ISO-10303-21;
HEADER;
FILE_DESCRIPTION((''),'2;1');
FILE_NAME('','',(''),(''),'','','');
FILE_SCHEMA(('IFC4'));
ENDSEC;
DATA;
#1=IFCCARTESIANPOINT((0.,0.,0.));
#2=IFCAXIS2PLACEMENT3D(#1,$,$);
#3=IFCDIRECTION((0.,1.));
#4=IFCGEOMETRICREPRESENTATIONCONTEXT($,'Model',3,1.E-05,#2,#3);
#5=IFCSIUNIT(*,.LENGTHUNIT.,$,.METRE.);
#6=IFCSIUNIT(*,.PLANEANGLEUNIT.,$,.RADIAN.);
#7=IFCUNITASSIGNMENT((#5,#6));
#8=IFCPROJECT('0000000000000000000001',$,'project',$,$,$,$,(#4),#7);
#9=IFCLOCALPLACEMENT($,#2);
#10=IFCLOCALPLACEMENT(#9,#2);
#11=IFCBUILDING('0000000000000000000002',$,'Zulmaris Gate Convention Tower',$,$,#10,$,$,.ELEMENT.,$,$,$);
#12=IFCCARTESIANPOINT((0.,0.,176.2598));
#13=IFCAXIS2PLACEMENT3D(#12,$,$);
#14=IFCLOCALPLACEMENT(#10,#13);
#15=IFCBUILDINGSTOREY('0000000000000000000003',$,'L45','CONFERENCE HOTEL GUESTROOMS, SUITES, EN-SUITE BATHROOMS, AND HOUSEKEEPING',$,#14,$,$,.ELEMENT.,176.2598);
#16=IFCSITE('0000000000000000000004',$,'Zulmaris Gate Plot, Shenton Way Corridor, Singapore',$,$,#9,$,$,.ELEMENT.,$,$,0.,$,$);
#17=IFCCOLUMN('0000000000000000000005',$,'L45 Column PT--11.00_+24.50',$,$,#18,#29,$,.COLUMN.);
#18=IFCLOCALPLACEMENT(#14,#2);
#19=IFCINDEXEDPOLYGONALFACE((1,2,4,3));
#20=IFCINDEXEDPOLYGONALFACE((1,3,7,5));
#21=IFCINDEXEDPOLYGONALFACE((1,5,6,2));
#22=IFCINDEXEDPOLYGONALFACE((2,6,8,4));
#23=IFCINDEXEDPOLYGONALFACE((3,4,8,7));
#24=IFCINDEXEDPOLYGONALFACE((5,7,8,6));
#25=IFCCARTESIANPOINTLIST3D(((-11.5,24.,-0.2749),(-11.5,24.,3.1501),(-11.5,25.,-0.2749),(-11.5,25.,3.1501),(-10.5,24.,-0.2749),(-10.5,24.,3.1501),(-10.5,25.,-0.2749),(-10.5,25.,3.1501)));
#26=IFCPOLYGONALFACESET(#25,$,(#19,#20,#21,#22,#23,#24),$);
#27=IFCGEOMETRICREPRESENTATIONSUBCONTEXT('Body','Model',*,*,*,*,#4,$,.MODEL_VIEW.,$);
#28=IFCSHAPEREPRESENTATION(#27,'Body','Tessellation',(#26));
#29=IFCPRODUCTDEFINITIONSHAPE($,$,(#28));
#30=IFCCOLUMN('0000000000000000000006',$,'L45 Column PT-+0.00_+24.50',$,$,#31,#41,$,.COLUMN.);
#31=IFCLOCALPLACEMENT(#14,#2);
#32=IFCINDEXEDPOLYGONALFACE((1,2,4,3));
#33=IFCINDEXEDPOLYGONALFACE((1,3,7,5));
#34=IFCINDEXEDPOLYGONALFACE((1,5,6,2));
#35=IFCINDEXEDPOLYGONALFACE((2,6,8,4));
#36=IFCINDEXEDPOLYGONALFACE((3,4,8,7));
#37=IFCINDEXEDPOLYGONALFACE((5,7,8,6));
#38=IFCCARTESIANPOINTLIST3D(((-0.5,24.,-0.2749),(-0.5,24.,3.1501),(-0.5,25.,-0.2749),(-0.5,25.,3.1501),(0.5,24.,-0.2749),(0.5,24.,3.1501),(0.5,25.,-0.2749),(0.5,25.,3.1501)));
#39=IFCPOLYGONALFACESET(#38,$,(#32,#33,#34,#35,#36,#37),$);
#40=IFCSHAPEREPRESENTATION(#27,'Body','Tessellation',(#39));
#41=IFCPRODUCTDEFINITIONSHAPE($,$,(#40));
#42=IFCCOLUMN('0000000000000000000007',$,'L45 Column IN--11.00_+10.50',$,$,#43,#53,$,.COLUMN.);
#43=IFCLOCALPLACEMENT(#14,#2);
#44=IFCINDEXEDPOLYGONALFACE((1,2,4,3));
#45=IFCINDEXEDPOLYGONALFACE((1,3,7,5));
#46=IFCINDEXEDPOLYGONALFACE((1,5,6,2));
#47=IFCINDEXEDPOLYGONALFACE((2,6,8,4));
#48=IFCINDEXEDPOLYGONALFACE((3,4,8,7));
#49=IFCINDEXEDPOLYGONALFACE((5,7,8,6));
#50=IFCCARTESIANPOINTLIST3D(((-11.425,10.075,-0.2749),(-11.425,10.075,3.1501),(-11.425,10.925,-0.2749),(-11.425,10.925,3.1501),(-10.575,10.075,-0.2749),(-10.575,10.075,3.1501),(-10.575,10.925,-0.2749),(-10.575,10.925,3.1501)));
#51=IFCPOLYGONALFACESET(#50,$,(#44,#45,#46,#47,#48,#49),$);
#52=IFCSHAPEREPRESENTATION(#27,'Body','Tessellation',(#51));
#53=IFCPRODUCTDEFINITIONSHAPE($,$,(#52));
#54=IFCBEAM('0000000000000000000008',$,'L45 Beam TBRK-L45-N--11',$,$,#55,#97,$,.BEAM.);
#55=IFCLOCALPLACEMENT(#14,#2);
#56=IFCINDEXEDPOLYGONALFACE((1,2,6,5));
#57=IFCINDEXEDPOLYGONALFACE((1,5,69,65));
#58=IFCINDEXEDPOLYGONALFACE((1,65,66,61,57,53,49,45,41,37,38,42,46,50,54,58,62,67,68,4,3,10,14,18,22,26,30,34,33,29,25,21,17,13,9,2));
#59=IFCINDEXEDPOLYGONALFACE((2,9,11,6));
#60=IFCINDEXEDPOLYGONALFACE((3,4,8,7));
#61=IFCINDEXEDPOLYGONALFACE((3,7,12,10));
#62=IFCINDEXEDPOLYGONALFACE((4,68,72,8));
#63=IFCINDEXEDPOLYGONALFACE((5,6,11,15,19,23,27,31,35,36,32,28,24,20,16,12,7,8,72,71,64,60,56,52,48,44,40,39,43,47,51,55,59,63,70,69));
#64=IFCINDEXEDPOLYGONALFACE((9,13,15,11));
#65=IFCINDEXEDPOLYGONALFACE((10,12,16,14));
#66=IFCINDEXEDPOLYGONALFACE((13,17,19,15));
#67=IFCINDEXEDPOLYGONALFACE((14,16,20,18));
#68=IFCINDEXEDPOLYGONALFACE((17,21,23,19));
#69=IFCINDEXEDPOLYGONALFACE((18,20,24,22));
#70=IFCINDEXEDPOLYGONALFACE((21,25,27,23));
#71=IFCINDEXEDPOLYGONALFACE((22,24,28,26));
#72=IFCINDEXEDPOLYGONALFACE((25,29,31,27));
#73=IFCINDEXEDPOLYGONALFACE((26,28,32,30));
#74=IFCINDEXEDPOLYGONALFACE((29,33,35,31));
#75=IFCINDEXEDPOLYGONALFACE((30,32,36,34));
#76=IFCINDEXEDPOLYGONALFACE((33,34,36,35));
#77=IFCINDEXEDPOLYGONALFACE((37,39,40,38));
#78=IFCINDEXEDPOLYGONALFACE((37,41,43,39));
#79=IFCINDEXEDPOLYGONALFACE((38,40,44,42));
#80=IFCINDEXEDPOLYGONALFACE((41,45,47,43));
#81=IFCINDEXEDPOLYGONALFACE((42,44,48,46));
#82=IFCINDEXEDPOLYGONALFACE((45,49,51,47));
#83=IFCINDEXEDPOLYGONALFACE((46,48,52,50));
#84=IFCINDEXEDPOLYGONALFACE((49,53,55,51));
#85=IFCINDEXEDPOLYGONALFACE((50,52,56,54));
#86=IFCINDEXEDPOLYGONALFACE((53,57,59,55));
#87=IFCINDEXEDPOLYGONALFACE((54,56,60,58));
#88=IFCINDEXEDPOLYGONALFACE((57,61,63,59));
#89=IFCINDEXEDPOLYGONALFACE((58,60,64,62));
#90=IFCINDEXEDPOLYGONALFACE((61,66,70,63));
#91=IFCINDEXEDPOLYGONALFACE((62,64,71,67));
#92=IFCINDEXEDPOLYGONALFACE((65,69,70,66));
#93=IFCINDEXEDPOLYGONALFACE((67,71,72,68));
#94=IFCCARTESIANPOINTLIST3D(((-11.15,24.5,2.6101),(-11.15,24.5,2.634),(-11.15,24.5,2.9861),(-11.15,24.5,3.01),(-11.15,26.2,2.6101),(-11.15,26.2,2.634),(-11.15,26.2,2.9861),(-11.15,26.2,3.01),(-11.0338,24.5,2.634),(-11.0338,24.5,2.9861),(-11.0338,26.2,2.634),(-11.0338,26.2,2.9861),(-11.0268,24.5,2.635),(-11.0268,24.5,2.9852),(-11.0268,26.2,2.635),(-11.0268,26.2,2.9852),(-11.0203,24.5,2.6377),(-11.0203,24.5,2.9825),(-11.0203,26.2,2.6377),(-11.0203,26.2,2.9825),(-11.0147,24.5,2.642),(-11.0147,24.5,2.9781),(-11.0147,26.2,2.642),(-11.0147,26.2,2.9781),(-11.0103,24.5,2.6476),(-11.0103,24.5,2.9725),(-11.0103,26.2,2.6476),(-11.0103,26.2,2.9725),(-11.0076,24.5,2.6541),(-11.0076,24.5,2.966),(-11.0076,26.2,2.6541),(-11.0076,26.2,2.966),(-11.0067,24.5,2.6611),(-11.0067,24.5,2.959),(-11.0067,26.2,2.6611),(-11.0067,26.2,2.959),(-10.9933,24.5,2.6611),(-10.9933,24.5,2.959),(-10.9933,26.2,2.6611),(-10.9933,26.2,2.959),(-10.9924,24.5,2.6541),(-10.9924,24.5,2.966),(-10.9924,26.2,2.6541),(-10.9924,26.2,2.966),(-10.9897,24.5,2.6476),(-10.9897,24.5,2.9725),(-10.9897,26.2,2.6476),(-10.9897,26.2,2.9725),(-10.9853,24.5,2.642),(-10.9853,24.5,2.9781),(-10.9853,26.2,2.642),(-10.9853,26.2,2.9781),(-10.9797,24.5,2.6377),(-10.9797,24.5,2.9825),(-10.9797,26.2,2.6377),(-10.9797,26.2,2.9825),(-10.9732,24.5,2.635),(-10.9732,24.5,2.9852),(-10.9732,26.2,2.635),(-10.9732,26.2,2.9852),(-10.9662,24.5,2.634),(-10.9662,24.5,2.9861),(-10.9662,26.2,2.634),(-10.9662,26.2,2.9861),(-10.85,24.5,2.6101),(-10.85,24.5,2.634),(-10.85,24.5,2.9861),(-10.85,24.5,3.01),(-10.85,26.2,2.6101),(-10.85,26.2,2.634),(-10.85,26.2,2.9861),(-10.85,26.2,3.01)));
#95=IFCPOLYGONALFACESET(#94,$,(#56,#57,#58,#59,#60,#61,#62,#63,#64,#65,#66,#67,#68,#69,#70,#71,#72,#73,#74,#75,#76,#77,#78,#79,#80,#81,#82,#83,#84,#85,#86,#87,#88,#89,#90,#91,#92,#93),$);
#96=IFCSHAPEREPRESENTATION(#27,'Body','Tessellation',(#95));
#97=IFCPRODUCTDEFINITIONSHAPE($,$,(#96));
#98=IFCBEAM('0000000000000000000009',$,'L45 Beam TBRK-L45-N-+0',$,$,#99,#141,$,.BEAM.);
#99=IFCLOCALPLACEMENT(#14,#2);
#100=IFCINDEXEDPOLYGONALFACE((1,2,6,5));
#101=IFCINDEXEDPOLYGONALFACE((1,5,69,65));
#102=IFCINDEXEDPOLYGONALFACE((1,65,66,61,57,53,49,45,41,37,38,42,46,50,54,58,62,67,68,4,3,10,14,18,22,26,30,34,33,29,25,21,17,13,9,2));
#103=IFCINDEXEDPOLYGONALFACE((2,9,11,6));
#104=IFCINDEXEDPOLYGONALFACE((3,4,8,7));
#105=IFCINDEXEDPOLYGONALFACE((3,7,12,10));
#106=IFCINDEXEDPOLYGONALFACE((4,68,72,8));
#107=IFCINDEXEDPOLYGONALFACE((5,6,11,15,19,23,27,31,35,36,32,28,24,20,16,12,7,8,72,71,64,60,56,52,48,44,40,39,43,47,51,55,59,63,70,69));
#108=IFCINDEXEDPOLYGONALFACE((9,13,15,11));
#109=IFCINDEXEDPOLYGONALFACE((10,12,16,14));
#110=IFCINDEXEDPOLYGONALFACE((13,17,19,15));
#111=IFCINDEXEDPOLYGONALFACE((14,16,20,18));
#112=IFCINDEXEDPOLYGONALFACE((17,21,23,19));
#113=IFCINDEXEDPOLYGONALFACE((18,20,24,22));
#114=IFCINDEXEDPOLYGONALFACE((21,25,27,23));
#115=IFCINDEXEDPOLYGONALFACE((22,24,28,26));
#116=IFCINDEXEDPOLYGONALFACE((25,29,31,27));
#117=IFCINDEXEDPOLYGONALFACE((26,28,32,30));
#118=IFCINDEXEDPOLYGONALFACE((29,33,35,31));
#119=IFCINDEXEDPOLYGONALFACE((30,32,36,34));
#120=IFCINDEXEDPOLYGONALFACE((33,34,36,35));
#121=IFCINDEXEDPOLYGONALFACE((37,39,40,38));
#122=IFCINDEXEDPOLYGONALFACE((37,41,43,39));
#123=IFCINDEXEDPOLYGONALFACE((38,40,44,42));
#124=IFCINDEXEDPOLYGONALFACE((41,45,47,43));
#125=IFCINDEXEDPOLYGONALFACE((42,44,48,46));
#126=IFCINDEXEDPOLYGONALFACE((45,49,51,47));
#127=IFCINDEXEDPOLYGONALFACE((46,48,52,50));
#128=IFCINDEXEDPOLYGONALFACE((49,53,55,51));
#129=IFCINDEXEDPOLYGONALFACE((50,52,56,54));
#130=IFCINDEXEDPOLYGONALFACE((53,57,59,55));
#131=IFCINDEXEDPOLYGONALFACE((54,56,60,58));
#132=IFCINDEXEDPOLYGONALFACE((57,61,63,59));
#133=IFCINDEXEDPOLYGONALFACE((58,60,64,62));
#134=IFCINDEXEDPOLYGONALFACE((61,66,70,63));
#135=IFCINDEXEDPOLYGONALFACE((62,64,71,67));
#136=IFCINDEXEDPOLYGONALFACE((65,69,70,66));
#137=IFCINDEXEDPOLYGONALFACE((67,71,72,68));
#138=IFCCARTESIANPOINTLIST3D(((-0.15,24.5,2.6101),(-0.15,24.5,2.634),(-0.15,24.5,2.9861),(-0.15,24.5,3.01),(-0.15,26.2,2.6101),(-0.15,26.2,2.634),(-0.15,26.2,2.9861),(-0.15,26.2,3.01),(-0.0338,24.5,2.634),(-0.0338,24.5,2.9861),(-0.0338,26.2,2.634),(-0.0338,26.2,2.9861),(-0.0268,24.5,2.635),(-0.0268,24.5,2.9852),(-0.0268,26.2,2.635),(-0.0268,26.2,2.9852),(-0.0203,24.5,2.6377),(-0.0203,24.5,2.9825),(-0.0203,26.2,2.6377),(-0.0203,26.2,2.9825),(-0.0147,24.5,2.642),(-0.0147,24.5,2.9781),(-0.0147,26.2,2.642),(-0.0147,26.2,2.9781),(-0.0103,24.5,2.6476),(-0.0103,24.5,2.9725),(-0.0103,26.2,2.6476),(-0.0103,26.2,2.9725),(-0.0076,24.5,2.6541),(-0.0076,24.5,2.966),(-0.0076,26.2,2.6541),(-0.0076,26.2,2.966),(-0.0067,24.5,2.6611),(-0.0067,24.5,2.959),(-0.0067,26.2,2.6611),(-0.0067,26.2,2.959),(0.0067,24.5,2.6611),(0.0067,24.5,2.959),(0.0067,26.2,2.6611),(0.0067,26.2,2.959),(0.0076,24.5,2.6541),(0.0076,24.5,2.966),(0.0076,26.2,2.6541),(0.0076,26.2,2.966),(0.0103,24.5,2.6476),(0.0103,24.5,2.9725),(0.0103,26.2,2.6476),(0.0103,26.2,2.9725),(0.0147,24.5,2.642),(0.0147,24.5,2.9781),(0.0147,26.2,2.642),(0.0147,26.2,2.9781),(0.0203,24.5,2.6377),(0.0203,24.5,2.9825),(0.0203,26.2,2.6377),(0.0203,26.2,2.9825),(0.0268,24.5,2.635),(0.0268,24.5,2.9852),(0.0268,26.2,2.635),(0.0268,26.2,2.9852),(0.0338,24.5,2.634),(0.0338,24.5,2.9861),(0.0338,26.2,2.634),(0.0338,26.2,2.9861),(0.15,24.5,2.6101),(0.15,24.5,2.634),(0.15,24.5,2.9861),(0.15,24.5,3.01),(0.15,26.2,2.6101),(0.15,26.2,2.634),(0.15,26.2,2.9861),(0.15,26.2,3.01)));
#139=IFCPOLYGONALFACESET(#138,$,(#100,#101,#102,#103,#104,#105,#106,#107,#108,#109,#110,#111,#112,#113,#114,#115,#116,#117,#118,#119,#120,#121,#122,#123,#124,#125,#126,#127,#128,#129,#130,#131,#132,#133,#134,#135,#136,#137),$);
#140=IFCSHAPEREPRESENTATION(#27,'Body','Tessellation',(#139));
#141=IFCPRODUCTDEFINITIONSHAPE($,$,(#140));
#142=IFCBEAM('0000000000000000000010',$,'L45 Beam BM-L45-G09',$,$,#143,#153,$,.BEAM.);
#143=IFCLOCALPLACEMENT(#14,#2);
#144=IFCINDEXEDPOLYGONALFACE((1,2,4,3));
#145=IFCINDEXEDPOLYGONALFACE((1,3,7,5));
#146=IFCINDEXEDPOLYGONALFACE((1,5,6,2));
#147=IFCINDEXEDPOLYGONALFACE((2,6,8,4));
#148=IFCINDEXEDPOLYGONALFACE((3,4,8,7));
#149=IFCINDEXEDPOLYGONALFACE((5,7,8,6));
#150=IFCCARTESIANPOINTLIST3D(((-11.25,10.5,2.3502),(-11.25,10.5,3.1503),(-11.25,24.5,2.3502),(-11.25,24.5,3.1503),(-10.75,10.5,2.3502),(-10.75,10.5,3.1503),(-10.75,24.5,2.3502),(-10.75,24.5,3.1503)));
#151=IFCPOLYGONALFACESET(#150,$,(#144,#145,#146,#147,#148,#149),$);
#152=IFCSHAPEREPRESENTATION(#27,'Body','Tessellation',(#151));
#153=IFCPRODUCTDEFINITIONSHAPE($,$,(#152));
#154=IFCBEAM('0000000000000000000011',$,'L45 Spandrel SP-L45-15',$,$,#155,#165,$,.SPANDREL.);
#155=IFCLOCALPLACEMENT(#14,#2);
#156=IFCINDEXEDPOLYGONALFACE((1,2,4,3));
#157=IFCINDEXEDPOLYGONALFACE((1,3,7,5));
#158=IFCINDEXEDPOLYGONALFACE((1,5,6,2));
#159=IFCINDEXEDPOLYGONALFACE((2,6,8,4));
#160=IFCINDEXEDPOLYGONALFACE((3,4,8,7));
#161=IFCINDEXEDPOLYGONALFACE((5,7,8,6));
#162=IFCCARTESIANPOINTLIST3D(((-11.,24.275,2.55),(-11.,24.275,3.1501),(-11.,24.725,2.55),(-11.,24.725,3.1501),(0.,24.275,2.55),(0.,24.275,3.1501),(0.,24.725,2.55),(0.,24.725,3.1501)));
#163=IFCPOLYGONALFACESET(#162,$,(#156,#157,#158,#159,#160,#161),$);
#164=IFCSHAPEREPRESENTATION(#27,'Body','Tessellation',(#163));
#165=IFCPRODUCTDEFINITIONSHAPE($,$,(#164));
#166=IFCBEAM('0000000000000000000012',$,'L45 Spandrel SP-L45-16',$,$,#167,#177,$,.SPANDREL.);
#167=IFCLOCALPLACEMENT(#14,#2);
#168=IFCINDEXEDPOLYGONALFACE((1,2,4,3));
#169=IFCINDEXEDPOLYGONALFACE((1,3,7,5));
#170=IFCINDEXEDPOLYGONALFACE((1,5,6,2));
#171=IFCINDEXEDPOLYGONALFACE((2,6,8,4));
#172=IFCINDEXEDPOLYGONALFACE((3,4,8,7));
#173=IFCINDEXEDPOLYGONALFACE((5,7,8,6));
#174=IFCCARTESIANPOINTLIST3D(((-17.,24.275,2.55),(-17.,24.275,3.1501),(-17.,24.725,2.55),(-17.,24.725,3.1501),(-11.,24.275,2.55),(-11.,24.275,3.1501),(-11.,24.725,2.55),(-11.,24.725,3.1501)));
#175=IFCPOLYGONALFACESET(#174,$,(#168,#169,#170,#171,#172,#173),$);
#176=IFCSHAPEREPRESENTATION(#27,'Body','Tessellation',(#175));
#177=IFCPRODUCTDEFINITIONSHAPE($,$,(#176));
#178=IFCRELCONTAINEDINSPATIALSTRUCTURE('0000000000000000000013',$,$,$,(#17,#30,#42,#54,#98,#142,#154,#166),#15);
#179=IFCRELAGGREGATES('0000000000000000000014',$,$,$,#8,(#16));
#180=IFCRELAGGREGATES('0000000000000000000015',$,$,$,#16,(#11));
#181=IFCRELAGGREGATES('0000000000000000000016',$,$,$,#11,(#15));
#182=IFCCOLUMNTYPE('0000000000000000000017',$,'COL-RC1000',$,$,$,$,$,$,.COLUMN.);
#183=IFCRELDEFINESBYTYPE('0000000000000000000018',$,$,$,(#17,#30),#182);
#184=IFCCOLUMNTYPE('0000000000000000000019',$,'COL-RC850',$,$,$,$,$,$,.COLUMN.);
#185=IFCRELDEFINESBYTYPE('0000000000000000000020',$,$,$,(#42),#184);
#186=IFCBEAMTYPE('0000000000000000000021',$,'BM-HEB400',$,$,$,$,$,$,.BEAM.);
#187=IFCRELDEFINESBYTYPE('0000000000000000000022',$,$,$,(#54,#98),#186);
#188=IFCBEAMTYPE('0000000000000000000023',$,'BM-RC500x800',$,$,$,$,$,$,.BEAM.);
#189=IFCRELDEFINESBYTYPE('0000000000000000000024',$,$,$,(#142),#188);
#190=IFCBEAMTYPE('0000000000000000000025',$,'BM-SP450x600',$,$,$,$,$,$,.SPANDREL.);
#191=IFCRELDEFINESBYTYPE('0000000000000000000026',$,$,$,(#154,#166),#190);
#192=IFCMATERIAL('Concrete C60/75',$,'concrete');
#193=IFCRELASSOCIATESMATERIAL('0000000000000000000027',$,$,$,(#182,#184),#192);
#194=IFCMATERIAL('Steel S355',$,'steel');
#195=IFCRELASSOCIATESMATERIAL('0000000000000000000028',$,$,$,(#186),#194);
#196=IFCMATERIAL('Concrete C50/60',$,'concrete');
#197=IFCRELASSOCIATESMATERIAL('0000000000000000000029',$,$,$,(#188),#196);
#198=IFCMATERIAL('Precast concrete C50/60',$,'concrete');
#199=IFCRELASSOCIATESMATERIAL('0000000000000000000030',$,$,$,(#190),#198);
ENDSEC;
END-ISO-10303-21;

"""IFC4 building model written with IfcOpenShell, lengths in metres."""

from ifc_helpers import new_model, si_unit, direction, frame, origin, origin_2d, place, context, subcontext, project, spatial, rectangle, i_section, extrude, material, material_profile, profile_set, type_object, element, save


model = new_model("IFC4")

# Units and contexts
model_context = context("Model", 3, precision=1e-05, world=origin(), true_north=direction((0.0, 1.0)))
body_context = subcontext(model_context, "Body", "Model", "MODEL_VIEW")
ifc_project = project(units=[si_unit("LENGTHUNIT", "METRE"), si_unit("PLANEANGLEUNIT", "RADIAN")], contexts=[model_context])

# Site, building, storey
site_placement = place(None, origin())
site = spatial("IfcSite", under=ifc_project, at=site_placement, Name="Zulmaris Gate Plot, Shenton Way Corridor, Singapore", CompositionType="ELEMENT", RefElevation=0.0)
building_placement = place(site_placement, origin())
building = spatial("IfcBuilding", under=site, at=building_placement, Name="Zulmaris Gate Convention Tower", CompositionType="ELEMENT")
storey_placement = place(building_placement, frame((0.0, 0.0, 176.2598)))
storey = spatial("IfcBuildingStorey", under=building, at=storey_placement, Name="L45", Description="CONFERENCE HOTEL GUESTROOMS, SUITES, EN-SUITE BATHROOMS, AND HOUSEKEEPING", CompositionType="ELEMENT", Elevation=176.2598)

# Columns
ifc_material_1 = material(Name="Concrete C60/75", Category="concrete")
ifc_material_profile_1 = material_profile(ifc_material_1, rectangle(XDim=1.0, YDim=1.0, at=origin_2d()), Name="RC COL 1000x1000")
ifc_profile_set_1 = profile_set([ifc_material_profile_1], Name="Concrete C60/75")
column_type_1 = type_object("IfcColumnType", Name="COL-RC1000", PredefinedType="COLUMN", material=ifc_profile_set_1)
for number, where, z_axis, x_axis, name in (
    (1, (-11.0, 24.5, -0.2749), (0.0, 0.0, 1.0), (1.0, 0.0, 0.0), "L45 Column PT--11.00_+24.50"),
    (2, (0.0, 24.5, -0.2749), (0.0, 0.0, 1.0), (1.0, 0.0, 0.0), "L45 Column PT-+0.00_+24.50"),
):
    element("IfcColumn", number, at=place(storey_placement, frame(where, z_axis=z_axis, x_axis=x_axis)), inside=storey, type_object=column_type_1, Name=name, PredefinedType="COLUMN", context=body_context, shape_type="SweptSolid", body=[
        extrude(rectangle(XDim=1.0, YDim=1.0, at=origin_2d()), origin(), (0.0, 0.0, 1.0), 3.425),
    ])
ifc_material_profile_2 = material_profile(ifc_material_1, rectangle(XDim=0.8501, YDim=0.8501, at=origin_2d()), Name="RC COL 850x850")
ifc_profile_set_2 = profile_set([ifc_material_profile_2], Name="Concrete C60/75")
column_type_2 = type_object("IfcColumnType", Name="COL-RC850", PredefinedType="COLUMN", material=ifc_profile_set_2)
column_placement = place(storey_placement, frame((-11.0, 10.5, -0.2749), z_axis=(0.0, 0.0, 1.0), x_axis=(1.0, 0.0, 0.0)))
element("IfcColumn", 3, at=column_placement, inside=storey, type_object=column_type_2, Name="L45 Column IN--11.00_+10.50", PredefinedType="COLUMN", context=body_context, shape_type="SweptSolid", body=[
    extrude(rectangle(XDim=0.8501, YDim=0.8501, at=origin_2d()), origin(), (0.0, 0.0, 1.0), 3.425),
])

# Beams
ifc_material_2 = material(Name="Steel S355", Category="steel")
ifc_material_profile_3 = material_profile(ifc_material_2, i_section(OverallWidth=0.3, OverallDepth=0.3999, WebThickness=0.0134, FlangeThickness=0.0239, FilletRadius=0.0271, at=origin_2d()), Name="HEB 400")
ifc_profile_set_3 = profile_set([ifc_material_profile_3], Name="Steel S355")
beam_type_1 = type_object("IfcBeamType", Name="BM-HEB400", PredefinedType="BEAM", material=ifc_profile_set_3)
for number, where, z_axis, x_axis, name in (
    (4, (-11.0, 24.5, 2.8101), (0.0, 1.0, 0.0), (-1.0, 0.0, 0.0), "L45 Beam TBRK-L45-N--11"),
    (5, (0.0, 24.5, 2.8101), (0.0, 1.0, 0.0), (-1.0, 0.0, 0.0), "L45 Beam TBRK-L45-N-+0"),
):
    element("IfcBeam", number, at=place(storey_placement, frame(where, z_axis=z_axis, x_axis=x_axis)), inside=storey, type_object=beam_type_1, Name=name, PredefinedType="BEAM", context=body_context, shape_type="SweptSolid", body=[
        extrude(i_section(OverallWidth=0.3, OverallDepth=0.3999, WebThickness=0.0134, FlangeThickness=0.0239, FilletRadius=0.0271, at=origin_2d()), origin(), (0.0, 0.0, 1.0), 1.7),
    ])
ifc_material_3 = material(Name="Concrete C50/60", Category="concrete")
ifc_material_profile_4 = material_profile(ifc_material_3, rectangle(XDim=0.5, YDim=0.8, at=origin_2d()), Name="RC BEAM 500x800")
ifc_profile_set_4 = profile_set([ifc_material_profile_4], Name="Concrete C50/60")
beam_type_2 = type_object("IfcBeamType", Name="BM-RC500x800", PredefinedType="BEAM", material=ifc_profile_set_4)
beam_1_placement = place(storey_placement, frame((-11.0, 10.5, 2.7502), z_axis=(0.0, 1.0, 0.0), x_axis=(-1.0, 0.0, 0.0)))
element("IfcBeam", 6, at=beam_1_placement, inside=storey, type_object=beam_type_2, Name="L45 Beam BM-L45-G09", PredefinedType="BEAM", context=body_context, shape_type="SweptSolid", body=[
    extrude(rectangle(XDim=0.5, YDim=0.8, at=origin_2d()), origin(), (0.0, 0.0, 1.0), 14.0),
])
ifc_material_4 = material(Name="Precast concrete C50/60", Category="concrete")
ifc_material_profile_5 = material_profile(ifc_material_4, rectangle(XDim=0.45, YDim=0.6001, at=origin_2d()), Name="RC SPANDREL 450x600")
ifc_profile_set_5 = profile_set([ifc_material_profile_5], Name="Precast concrete C50/60")
beam_type_3 = type_object("IfcBeamType", Name="BM-SP450x600", PredefinedType="SPANDREL", material=ifc_profile_set_5)
beam_2_placement = place(storey_placement, frame((0.0, 24.5, 2.8501), z_axis=(-1.0, 0.0, 0.0), x_axis=(0.0, -1.0, 0.0)))
element("IfcBeam", 7, at=beam_2_placement, inside=storey, type_object=beam_type_3, Name="L45 Spandrel SP-L45-15", PredefinedType="SPANDREL", context=body_context, shape_type="SweptSolid", body=[
    extrude(rectangle(XDim=0.45, YDim=0.6001, at=origin_2d()), origin(), (0.0, 0.0, 1.0), 11.0),
])
beam_3_placement = place(storey_placement, frame((-11.0, 24.5, 2.8501), z_axis=(-1.0, 0.0, 0.0), x_axis=(0.0, -1.0, 0.0)))
element("IfcBeam", 8, at=beam_3_placement, inside=storey, type_object=beam_type_3, Name="L45 Spandrel SP-L45-16", PredefinedType="SPANDREL", context=body_context, shape_type="SweptSolid", body=[
    extrude(rectangle(XDim=0.45, YDim=0.6001, at=origin_2d()), origin(), (0.0, 0.0, 1.0), 6.0),
])

save(model, "model.ifc")
